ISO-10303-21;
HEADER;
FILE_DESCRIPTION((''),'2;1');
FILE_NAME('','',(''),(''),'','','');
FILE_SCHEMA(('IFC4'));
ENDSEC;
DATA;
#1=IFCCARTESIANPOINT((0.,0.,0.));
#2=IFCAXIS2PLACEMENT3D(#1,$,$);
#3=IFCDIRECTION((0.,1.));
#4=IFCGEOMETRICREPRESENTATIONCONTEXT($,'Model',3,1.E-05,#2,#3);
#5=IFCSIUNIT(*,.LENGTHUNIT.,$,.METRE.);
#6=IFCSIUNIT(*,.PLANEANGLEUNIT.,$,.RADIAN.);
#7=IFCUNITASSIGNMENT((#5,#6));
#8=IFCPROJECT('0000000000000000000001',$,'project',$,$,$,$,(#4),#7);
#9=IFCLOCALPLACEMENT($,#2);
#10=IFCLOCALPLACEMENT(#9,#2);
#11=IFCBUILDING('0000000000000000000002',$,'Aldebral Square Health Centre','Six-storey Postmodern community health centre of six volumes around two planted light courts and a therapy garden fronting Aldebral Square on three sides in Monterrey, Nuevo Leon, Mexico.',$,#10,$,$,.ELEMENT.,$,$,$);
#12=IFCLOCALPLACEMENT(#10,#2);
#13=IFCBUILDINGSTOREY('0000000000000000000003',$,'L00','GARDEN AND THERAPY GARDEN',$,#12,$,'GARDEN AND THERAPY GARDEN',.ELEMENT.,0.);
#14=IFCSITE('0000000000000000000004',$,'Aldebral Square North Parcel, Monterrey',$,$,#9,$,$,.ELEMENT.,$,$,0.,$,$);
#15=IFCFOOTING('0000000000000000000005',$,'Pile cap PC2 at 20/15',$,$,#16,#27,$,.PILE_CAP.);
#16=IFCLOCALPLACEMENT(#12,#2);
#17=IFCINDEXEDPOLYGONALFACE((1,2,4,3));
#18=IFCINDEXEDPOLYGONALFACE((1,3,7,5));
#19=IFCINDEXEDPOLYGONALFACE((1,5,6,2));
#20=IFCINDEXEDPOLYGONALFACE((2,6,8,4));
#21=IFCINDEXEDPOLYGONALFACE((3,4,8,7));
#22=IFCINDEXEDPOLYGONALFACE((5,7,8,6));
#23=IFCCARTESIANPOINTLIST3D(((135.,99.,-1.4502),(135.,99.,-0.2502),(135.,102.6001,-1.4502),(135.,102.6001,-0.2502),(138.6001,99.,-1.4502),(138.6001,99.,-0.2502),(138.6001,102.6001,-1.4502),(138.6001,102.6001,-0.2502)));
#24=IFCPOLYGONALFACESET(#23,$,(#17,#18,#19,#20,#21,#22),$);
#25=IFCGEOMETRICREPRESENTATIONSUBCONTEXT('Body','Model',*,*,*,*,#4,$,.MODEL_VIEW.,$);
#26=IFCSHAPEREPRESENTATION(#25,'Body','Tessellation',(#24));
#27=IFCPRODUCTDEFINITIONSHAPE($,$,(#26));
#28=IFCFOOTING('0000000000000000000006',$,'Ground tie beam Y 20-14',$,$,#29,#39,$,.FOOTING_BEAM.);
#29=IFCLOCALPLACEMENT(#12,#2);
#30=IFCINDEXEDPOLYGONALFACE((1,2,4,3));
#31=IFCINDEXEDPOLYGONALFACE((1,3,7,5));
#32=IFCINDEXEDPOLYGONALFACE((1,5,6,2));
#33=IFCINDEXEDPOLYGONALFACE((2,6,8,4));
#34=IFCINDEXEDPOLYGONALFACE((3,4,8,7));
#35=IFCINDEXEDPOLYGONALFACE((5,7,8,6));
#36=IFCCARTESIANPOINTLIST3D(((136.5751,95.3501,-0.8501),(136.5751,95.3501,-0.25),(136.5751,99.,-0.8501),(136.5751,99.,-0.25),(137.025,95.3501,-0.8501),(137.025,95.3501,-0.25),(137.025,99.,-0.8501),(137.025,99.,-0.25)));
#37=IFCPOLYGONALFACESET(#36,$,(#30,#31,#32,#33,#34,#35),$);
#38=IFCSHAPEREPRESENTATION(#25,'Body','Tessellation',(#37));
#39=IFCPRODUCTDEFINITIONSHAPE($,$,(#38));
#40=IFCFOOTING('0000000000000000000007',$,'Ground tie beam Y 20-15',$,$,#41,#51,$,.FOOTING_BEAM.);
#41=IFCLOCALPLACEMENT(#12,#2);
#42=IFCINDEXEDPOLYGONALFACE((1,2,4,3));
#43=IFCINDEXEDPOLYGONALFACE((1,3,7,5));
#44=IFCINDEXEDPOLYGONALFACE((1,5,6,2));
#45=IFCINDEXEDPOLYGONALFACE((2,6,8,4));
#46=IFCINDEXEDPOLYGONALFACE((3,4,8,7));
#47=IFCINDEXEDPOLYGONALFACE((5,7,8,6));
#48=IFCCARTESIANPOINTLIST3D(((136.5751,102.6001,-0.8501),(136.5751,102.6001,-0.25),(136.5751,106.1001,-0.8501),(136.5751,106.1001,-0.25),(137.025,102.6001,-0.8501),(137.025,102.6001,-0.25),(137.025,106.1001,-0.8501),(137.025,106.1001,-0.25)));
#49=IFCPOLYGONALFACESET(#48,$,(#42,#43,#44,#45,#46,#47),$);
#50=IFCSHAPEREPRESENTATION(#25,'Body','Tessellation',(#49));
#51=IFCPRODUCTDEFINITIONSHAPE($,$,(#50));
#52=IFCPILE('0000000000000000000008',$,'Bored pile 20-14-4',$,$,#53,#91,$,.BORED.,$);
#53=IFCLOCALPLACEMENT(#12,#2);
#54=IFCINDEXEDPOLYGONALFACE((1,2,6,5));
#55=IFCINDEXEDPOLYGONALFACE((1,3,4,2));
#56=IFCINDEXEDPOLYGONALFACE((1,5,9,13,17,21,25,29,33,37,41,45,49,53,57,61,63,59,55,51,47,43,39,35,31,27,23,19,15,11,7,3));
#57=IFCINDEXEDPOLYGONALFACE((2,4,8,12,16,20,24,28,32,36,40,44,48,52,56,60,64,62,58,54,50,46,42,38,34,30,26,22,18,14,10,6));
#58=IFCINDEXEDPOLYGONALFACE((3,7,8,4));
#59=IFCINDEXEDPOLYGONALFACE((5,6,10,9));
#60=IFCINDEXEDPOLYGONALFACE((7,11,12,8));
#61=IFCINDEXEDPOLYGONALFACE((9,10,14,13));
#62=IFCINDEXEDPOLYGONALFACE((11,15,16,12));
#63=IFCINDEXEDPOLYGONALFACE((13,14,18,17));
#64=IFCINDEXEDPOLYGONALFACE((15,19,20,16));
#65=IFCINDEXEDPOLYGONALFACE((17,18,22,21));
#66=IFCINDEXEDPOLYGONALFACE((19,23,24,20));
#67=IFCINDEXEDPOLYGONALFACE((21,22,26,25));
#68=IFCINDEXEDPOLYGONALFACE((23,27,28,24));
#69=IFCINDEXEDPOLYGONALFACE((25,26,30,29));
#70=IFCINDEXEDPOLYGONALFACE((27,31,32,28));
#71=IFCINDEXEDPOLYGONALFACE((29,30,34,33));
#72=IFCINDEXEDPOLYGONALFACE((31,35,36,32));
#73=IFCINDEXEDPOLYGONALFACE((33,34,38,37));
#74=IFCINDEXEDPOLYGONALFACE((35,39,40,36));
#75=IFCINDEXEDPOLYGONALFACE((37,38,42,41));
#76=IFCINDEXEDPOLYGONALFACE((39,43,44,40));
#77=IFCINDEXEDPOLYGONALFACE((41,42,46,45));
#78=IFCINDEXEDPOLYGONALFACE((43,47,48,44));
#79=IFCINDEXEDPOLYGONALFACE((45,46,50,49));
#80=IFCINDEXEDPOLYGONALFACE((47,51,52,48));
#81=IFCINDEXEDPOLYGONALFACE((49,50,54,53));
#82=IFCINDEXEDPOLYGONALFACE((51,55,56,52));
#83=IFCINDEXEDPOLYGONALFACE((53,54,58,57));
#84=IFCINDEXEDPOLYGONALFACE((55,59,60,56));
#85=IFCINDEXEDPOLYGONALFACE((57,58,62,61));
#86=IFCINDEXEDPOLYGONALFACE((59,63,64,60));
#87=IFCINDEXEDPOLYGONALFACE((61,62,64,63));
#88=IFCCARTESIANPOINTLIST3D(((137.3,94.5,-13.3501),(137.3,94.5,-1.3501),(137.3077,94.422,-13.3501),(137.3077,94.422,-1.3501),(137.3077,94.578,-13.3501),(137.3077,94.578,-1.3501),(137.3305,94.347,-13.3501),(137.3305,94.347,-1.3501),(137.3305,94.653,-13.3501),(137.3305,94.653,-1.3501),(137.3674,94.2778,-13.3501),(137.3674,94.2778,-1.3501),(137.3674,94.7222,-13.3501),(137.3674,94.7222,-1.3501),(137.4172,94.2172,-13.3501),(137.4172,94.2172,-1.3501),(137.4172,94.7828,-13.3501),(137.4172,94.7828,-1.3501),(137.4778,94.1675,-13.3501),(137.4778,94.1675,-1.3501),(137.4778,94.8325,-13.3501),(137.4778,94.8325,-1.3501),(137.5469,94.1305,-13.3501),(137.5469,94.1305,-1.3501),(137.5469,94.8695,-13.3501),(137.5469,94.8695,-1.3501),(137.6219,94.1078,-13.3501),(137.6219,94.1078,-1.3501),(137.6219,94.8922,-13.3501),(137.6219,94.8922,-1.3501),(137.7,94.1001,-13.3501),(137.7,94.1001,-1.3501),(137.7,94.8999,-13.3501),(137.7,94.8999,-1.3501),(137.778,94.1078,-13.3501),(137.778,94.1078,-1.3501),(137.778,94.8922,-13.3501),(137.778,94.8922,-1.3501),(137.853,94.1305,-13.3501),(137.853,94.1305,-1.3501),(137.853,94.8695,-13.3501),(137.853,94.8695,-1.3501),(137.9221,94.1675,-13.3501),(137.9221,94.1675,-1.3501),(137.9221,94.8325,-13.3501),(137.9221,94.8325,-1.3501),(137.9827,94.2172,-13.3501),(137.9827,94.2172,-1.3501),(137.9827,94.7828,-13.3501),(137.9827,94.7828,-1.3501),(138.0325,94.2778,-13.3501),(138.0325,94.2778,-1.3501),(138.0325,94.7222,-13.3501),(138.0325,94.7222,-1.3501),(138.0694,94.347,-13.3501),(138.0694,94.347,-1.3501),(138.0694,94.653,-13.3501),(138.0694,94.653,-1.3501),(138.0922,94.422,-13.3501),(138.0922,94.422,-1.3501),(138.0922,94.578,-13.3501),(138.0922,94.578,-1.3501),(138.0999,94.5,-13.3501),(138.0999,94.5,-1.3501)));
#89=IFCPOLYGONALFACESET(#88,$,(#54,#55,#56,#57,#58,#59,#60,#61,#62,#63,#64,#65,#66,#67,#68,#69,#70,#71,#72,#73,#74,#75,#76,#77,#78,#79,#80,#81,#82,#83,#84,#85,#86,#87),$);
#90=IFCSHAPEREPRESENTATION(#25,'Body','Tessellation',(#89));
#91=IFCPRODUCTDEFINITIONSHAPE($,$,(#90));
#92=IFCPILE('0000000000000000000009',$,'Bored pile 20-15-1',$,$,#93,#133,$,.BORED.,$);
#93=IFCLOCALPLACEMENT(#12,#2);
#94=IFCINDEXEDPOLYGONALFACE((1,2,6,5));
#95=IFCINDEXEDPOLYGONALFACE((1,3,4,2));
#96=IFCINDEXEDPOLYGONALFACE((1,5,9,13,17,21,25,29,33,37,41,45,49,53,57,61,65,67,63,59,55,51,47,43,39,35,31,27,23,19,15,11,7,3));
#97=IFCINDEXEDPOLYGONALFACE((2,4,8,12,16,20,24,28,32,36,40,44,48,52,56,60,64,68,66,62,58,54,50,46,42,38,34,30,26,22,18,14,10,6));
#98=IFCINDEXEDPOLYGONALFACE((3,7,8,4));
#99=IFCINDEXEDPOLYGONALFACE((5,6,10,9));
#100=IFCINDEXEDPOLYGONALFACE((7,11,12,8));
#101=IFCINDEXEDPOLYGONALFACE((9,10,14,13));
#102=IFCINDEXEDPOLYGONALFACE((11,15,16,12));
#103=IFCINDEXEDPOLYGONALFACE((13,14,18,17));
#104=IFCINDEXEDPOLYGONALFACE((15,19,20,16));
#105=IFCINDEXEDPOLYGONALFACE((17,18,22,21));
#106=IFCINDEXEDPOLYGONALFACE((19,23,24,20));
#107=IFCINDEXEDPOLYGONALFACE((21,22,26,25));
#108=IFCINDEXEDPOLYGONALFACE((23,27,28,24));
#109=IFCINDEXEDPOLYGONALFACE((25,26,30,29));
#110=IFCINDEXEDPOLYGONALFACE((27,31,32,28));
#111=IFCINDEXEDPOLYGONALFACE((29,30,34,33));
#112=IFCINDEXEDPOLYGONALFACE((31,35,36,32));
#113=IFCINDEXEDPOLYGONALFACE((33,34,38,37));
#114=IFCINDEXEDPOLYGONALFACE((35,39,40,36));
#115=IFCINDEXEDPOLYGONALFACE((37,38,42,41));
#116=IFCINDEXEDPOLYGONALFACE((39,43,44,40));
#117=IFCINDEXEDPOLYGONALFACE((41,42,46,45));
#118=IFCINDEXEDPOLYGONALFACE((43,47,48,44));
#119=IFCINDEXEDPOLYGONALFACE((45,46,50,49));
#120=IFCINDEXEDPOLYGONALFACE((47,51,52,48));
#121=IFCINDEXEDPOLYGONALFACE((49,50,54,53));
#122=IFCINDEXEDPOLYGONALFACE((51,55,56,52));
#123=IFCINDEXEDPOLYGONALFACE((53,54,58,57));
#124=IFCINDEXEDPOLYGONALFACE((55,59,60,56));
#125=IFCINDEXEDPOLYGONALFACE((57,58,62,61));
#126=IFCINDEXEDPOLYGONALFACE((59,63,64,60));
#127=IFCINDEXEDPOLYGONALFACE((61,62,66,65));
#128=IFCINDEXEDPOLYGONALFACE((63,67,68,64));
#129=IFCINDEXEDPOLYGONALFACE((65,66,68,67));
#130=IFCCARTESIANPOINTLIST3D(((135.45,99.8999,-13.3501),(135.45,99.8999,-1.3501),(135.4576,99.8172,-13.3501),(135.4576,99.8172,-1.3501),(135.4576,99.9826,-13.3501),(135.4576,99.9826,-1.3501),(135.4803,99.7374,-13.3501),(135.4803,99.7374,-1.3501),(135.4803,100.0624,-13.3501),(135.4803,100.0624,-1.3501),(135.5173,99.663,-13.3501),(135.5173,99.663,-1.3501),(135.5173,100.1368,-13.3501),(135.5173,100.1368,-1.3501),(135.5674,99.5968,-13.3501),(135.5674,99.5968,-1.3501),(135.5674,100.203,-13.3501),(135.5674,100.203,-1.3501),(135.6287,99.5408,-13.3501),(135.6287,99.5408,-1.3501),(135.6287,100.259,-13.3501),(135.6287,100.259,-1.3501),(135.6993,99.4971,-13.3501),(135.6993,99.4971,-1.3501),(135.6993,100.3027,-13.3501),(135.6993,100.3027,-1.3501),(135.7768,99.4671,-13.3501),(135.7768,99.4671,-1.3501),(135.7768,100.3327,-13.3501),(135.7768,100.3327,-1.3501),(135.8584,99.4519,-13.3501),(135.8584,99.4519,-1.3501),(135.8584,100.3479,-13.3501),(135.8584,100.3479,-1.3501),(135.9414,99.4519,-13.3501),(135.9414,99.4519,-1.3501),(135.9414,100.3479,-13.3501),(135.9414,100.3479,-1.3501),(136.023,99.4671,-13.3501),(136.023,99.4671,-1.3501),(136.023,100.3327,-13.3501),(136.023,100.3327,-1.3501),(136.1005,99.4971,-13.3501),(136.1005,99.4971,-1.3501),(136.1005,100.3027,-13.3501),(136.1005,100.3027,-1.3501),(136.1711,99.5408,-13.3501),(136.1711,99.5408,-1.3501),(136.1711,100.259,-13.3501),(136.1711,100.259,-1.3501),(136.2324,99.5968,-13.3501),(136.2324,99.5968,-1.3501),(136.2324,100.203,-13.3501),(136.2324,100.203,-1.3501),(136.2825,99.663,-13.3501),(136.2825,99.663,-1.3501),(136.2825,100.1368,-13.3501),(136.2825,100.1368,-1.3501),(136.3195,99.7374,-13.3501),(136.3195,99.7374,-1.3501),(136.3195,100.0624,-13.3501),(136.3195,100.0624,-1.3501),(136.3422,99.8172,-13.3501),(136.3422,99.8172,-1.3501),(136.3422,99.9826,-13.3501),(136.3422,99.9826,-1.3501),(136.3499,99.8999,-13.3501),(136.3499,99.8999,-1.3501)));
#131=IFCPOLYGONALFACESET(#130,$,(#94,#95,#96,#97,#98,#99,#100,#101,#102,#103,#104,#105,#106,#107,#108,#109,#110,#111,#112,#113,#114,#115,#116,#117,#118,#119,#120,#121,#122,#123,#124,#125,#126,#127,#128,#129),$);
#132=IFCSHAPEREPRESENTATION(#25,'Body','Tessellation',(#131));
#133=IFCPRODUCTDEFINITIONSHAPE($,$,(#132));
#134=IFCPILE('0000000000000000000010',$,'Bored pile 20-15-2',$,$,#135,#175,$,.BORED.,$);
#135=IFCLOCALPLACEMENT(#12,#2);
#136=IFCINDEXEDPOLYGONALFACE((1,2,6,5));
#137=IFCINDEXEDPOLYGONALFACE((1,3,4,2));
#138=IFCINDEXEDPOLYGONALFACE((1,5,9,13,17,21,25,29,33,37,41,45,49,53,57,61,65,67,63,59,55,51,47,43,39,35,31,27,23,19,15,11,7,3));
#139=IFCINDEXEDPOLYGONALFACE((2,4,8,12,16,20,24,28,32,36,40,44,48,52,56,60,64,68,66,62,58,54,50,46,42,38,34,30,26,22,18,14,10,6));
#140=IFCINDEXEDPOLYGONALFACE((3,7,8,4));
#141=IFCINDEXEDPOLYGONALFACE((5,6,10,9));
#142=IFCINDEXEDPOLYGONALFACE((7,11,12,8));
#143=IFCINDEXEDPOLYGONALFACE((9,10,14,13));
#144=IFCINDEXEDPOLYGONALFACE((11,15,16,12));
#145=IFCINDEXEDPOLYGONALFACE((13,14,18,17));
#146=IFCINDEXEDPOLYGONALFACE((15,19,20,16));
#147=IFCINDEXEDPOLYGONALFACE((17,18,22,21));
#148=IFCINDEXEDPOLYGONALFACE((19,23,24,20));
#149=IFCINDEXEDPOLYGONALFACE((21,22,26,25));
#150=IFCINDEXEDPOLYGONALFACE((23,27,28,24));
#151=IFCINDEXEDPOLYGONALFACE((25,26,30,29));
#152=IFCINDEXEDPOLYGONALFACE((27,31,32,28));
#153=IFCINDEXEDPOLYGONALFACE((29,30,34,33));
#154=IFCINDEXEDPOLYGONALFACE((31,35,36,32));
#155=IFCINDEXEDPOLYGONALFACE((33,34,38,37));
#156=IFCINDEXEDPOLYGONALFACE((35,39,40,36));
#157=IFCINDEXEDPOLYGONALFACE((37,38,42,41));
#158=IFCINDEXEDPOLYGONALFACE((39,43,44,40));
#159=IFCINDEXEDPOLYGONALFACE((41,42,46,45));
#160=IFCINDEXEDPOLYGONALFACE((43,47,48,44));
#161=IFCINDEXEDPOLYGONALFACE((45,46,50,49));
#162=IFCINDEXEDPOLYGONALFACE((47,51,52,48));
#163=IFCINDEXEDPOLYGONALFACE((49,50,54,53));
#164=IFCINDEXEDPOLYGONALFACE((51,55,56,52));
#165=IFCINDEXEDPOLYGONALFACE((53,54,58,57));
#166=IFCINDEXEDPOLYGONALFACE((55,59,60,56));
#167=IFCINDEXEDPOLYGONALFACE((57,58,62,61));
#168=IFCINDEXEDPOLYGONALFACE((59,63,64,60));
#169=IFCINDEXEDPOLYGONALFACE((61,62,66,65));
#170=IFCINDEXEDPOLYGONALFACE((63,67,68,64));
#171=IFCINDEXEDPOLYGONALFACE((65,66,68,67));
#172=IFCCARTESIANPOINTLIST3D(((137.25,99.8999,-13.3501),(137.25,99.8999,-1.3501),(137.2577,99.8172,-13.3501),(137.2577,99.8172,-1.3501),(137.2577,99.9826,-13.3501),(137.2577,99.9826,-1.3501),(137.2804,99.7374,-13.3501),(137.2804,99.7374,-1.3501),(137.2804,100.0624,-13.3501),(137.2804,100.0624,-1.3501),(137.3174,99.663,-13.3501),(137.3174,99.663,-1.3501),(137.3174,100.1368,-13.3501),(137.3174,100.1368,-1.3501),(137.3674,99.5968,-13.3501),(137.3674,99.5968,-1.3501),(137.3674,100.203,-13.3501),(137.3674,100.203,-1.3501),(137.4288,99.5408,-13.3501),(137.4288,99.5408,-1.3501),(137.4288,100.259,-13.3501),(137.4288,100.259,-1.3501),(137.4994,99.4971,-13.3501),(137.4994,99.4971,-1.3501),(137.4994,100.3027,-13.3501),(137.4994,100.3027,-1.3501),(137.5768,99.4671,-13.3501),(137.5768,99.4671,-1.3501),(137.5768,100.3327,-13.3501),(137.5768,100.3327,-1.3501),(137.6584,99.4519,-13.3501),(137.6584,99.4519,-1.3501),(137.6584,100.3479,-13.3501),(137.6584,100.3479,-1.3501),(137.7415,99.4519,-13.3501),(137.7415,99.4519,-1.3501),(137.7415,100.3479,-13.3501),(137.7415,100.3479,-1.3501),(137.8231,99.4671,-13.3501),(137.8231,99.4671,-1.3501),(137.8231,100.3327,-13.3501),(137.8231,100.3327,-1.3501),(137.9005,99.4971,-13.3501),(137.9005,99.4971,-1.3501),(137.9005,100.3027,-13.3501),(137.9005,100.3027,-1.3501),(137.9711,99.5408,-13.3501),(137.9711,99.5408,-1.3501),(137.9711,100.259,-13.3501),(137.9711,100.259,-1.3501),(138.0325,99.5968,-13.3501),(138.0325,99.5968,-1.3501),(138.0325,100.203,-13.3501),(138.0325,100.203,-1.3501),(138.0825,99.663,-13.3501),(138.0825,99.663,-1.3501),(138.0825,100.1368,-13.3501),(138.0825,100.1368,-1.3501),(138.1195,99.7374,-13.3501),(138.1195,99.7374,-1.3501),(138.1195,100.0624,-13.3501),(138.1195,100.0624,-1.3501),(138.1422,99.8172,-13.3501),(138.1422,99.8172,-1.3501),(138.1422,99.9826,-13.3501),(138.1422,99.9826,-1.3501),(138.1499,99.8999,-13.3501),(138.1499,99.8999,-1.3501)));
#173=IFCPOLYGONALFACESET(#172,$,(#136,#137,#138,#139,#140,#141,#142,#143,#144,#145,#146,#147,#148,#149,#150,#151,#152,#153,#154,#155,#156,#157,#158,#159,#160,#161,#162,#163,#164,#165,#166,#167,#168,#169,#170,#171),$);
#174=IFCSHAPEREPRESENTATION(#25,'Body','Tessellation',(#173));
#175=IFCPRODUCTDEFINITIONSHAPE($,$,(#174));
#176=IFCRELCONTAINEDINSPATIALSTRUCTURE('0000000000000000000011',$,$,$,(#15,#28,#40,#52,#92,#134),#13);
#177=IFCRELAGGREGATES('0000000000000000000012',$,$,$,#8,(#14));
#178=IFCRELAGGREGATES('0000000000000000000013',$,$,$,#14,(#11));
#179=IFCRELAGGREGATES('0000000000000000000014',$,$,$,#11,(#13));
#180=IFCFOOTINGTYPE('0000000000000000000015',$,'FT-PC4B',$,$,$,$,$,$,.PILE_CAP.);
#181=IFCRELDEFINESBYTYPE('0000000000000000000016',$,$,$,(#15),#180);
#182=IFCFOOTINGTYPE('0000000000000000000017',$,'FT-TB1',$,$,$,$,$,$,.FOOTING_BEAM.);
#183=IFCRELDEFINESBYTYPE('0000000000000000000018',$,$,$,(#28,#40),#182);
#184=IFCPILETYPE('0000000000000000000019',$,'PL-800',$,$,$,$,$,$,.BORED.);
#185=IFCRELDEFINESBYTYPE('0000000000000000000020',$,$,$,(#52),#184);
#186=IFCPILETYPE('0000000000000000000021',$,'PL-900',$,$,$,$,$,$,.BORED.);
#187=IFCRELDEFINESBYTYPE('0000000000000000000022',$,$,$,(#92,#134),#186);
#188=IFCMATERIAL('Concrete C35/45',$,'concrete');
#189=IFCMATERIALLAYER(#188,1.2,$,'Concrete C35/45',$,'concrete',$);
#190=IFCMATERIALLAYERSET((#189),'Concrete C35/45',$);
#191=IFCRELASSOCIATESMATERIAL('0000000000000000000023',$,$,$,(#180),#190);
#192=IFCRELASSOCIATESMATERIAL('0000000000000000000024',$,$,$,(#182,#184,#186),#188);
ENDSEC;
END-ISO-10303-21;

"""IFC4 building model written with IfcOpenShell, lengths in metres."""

from ifc_helpers import new_model, si_unit, direction, frame, origin, origin_2d, place, context, subcontext, project, spatial, rectangle, circle, extrude, material, layer, layer_set, material_profile, profile_set, type_object, element, save


model = new_model("IFC4")

# Units and contexts
model_context = context("Model", 3, precision=1e-05, world=origin(), true_north=direction((0.0, 1.0)))
body_context = subcontext(model_context, "Body", "Model", "MODEL_VIEW")
ifc_project = project(units=[si_unit("LENGTHUNIT", "METRE"), si_unit("PLANEANGLEUNIT", "RADIAN")], contexts=[model_context])

# Site, building, storey
site_placement = place(None, origin())
site = spatial("IfcSite", under=ifc_project, at=site_placement, Name="Aldebral Square North Parcel, Monterrey", CompositionType="ELEMENT", RefElevation=0.0)
building_placement = place(site_placement, origin())
building = spatial("IfcBuilding", under=site, at=building_placement, Name="Aldebral Square Health Centre", Description="Six-storey Postmodern community health centre of six volumes around two planted light courts and a therapy garden fronting Aldebral Square on three sides in Monterrey, Nuevo Leon, Mexico.", CompositionType="ELEMENT")
storey_placement = place(building_placement, origin())
storey = spatial("IfcBuildingStorey", under=building, at=storey_placement, Name="L00", Description="GARDEN AND THERAPY GARDEN", LongName="GARDEN AND THERAPY GARDEN", CompositionType="ELEMENT", Elevation=0.0)

# Footings
ifc_material_1 = material(Name="Concrete C35/45", Category="concrete")
ifc_layer_1 = layer(ifc_material_1, 1.2, Name="Concrete C35/45", Category="concrete")
ifc_layer_set_1 = layer_set([ifc_layer_1], Name="Concrete C35/45")
footing_type_1 = type_object("IfcFootingType", Name="FT-PC4B", PredefinedType="PILE_CAP", material=ifc_layer_set_1)
footing_1_placement = place(storey_placement, frame((136.8, 100.8, -1.4502), z_axis=(0.0, 0.0, 1.0), x_axis=(1.0, 0.0, 0.0)))
element("IfcFooting", 1, at=footing_1_placement, inside=storey, type_object=footing_type_1, Name="Pile cap PC2 at 20/15", PredefinedType="PILE_CAP", context=body_context, shape_type="SweptSolid", body=[
    extrude(rectangle(XDim=3.6001, YDim=3.6001, at=origin_2d()), origin(), (0.0, 0.0, 1.0), 1.2),
])
ifc_material_profile_1 = material_profile(ifc_material_1, rectangle(XDim=0.45, YDim=0.6001, at=origin_2d()), Name="RC 450x600")
ifc_profile_set_1 = profile_set([ifc_material_profile_1], Name="Concrete C35/45")
footing_type_2 = type_object("IfcFootingType", Name="FT-TB1", PredefinedType="FOOTING_BEAM", material=ifc_profile_set_1)
footing_2_placement = place(storey_placement, frame((136.8, 95.3501, -0.55), z_axis=(0.0, 1.0, 0.0), x_axis=(-1.0, 0.0, 0.0)))
element("IfcFooting", 2, at=footing_2_placement, inside=storey, type_object=footing_type_2, Name="Ground tie beam Y 20-14", PredefinedType="FOOTING_BEAM", context=body_context, shape_type="SweptSolid", body=[
    extrude(rectangle(XDim=0.45, YDim=0.6001, at=origin_2d()), origin(), (0.0, 0.0, 1.0), 3.6499),
])
footing_3_placement = place(storey_placement, frame((136.8, 102.6001, -0.55), z_axis=(0.0, 1.0, 0.0), x_axis=(-1.0, 0.0, 0.0)))
element("IfcFooting", 3, at=footing_3_placement, inside=storey, type_object=footing_type_2, Name="Ground tie beam Y 20-15", PredefinedType="FOOTING_BEAM", context=body_context, shape_type="SweptSolid", body=[
    extrude(rectangle(XDim=0.45, YDim=0.6001, at=origin_2d()), origin(), (0.0, 0.0, 1.0), 3.5),
])

# Piles
ifc_material_profile_2 = material_profile(ifc_material_1, circle(Radius=0.3999, at=origin_2d()), Name="PILE D800")
ifc_profile_set_2 = profile_set([ifc_material_profile_2], Name="Concrete C35/45")
pile_type_1 = type_object("IfcPileType", Name="PL-800", PredefinedType="BORED", material=ifc_profile_set_2)
pile_placement = place(storey_placement, frame((137.7, 94.5, -1.3501), z_axis=(0.0, 0.0, -1.0), x_axis=(1.0, 0.0, 0.0)))
element("IfcPile", 4, at=pile_placement, inside=storey, type_object=pile_type_1, Name="Bored pile 20-14-4", PredefinedType="BORED", context=body_context, shape_type="SweptSolid", body=[
    extrude(circle(Radius=0.3999, at=origin_2d()), origin(), (0.0, 0.0, 1.0), 12.0),
])
ifc_material_profile_3 = material_profile(ifc_material_1, circle(Radius=0.45, at=origin_2d()), Name="PILE D900")
ifc_profile_set_3 = profile_set([ifc_material_profile_3], Name="Concrete C35/45")
pile_type_2 = type_object("IfcPileType", Name="PL-900", PredefinedType="BORED", material=ifc_profile_set_3)
for number, where, z_axis, x_axis, name in (
    (5, (135.8999, 99.8999, -1.3501), (0.0, 0.0, -1.0), (1.0, 0.0, 0.0), "Bored pile 20-15-1"),
    (6, (137.7, 99.8999, -1.3501), (0.0, 0.0, -1.0), (1.0, 0.0, 0.0), "Bored pile 20-15-2"),
):
    element("IfcPile", number, at=place(storey_placement, frame(where, z_axis=z_axis, x_axis=x_axis)), inside=storey, type_object=pile_type_2, Name=name, PredefinedType="BORED", context=body_context, shape_type="SweptSolid", body=[
        extrude(circle(Radius=0.45, at=origin_2d()), origin(), (0.0, 0.0, 1.0), 12.0),
    ])

save(model, "model.ifc")
